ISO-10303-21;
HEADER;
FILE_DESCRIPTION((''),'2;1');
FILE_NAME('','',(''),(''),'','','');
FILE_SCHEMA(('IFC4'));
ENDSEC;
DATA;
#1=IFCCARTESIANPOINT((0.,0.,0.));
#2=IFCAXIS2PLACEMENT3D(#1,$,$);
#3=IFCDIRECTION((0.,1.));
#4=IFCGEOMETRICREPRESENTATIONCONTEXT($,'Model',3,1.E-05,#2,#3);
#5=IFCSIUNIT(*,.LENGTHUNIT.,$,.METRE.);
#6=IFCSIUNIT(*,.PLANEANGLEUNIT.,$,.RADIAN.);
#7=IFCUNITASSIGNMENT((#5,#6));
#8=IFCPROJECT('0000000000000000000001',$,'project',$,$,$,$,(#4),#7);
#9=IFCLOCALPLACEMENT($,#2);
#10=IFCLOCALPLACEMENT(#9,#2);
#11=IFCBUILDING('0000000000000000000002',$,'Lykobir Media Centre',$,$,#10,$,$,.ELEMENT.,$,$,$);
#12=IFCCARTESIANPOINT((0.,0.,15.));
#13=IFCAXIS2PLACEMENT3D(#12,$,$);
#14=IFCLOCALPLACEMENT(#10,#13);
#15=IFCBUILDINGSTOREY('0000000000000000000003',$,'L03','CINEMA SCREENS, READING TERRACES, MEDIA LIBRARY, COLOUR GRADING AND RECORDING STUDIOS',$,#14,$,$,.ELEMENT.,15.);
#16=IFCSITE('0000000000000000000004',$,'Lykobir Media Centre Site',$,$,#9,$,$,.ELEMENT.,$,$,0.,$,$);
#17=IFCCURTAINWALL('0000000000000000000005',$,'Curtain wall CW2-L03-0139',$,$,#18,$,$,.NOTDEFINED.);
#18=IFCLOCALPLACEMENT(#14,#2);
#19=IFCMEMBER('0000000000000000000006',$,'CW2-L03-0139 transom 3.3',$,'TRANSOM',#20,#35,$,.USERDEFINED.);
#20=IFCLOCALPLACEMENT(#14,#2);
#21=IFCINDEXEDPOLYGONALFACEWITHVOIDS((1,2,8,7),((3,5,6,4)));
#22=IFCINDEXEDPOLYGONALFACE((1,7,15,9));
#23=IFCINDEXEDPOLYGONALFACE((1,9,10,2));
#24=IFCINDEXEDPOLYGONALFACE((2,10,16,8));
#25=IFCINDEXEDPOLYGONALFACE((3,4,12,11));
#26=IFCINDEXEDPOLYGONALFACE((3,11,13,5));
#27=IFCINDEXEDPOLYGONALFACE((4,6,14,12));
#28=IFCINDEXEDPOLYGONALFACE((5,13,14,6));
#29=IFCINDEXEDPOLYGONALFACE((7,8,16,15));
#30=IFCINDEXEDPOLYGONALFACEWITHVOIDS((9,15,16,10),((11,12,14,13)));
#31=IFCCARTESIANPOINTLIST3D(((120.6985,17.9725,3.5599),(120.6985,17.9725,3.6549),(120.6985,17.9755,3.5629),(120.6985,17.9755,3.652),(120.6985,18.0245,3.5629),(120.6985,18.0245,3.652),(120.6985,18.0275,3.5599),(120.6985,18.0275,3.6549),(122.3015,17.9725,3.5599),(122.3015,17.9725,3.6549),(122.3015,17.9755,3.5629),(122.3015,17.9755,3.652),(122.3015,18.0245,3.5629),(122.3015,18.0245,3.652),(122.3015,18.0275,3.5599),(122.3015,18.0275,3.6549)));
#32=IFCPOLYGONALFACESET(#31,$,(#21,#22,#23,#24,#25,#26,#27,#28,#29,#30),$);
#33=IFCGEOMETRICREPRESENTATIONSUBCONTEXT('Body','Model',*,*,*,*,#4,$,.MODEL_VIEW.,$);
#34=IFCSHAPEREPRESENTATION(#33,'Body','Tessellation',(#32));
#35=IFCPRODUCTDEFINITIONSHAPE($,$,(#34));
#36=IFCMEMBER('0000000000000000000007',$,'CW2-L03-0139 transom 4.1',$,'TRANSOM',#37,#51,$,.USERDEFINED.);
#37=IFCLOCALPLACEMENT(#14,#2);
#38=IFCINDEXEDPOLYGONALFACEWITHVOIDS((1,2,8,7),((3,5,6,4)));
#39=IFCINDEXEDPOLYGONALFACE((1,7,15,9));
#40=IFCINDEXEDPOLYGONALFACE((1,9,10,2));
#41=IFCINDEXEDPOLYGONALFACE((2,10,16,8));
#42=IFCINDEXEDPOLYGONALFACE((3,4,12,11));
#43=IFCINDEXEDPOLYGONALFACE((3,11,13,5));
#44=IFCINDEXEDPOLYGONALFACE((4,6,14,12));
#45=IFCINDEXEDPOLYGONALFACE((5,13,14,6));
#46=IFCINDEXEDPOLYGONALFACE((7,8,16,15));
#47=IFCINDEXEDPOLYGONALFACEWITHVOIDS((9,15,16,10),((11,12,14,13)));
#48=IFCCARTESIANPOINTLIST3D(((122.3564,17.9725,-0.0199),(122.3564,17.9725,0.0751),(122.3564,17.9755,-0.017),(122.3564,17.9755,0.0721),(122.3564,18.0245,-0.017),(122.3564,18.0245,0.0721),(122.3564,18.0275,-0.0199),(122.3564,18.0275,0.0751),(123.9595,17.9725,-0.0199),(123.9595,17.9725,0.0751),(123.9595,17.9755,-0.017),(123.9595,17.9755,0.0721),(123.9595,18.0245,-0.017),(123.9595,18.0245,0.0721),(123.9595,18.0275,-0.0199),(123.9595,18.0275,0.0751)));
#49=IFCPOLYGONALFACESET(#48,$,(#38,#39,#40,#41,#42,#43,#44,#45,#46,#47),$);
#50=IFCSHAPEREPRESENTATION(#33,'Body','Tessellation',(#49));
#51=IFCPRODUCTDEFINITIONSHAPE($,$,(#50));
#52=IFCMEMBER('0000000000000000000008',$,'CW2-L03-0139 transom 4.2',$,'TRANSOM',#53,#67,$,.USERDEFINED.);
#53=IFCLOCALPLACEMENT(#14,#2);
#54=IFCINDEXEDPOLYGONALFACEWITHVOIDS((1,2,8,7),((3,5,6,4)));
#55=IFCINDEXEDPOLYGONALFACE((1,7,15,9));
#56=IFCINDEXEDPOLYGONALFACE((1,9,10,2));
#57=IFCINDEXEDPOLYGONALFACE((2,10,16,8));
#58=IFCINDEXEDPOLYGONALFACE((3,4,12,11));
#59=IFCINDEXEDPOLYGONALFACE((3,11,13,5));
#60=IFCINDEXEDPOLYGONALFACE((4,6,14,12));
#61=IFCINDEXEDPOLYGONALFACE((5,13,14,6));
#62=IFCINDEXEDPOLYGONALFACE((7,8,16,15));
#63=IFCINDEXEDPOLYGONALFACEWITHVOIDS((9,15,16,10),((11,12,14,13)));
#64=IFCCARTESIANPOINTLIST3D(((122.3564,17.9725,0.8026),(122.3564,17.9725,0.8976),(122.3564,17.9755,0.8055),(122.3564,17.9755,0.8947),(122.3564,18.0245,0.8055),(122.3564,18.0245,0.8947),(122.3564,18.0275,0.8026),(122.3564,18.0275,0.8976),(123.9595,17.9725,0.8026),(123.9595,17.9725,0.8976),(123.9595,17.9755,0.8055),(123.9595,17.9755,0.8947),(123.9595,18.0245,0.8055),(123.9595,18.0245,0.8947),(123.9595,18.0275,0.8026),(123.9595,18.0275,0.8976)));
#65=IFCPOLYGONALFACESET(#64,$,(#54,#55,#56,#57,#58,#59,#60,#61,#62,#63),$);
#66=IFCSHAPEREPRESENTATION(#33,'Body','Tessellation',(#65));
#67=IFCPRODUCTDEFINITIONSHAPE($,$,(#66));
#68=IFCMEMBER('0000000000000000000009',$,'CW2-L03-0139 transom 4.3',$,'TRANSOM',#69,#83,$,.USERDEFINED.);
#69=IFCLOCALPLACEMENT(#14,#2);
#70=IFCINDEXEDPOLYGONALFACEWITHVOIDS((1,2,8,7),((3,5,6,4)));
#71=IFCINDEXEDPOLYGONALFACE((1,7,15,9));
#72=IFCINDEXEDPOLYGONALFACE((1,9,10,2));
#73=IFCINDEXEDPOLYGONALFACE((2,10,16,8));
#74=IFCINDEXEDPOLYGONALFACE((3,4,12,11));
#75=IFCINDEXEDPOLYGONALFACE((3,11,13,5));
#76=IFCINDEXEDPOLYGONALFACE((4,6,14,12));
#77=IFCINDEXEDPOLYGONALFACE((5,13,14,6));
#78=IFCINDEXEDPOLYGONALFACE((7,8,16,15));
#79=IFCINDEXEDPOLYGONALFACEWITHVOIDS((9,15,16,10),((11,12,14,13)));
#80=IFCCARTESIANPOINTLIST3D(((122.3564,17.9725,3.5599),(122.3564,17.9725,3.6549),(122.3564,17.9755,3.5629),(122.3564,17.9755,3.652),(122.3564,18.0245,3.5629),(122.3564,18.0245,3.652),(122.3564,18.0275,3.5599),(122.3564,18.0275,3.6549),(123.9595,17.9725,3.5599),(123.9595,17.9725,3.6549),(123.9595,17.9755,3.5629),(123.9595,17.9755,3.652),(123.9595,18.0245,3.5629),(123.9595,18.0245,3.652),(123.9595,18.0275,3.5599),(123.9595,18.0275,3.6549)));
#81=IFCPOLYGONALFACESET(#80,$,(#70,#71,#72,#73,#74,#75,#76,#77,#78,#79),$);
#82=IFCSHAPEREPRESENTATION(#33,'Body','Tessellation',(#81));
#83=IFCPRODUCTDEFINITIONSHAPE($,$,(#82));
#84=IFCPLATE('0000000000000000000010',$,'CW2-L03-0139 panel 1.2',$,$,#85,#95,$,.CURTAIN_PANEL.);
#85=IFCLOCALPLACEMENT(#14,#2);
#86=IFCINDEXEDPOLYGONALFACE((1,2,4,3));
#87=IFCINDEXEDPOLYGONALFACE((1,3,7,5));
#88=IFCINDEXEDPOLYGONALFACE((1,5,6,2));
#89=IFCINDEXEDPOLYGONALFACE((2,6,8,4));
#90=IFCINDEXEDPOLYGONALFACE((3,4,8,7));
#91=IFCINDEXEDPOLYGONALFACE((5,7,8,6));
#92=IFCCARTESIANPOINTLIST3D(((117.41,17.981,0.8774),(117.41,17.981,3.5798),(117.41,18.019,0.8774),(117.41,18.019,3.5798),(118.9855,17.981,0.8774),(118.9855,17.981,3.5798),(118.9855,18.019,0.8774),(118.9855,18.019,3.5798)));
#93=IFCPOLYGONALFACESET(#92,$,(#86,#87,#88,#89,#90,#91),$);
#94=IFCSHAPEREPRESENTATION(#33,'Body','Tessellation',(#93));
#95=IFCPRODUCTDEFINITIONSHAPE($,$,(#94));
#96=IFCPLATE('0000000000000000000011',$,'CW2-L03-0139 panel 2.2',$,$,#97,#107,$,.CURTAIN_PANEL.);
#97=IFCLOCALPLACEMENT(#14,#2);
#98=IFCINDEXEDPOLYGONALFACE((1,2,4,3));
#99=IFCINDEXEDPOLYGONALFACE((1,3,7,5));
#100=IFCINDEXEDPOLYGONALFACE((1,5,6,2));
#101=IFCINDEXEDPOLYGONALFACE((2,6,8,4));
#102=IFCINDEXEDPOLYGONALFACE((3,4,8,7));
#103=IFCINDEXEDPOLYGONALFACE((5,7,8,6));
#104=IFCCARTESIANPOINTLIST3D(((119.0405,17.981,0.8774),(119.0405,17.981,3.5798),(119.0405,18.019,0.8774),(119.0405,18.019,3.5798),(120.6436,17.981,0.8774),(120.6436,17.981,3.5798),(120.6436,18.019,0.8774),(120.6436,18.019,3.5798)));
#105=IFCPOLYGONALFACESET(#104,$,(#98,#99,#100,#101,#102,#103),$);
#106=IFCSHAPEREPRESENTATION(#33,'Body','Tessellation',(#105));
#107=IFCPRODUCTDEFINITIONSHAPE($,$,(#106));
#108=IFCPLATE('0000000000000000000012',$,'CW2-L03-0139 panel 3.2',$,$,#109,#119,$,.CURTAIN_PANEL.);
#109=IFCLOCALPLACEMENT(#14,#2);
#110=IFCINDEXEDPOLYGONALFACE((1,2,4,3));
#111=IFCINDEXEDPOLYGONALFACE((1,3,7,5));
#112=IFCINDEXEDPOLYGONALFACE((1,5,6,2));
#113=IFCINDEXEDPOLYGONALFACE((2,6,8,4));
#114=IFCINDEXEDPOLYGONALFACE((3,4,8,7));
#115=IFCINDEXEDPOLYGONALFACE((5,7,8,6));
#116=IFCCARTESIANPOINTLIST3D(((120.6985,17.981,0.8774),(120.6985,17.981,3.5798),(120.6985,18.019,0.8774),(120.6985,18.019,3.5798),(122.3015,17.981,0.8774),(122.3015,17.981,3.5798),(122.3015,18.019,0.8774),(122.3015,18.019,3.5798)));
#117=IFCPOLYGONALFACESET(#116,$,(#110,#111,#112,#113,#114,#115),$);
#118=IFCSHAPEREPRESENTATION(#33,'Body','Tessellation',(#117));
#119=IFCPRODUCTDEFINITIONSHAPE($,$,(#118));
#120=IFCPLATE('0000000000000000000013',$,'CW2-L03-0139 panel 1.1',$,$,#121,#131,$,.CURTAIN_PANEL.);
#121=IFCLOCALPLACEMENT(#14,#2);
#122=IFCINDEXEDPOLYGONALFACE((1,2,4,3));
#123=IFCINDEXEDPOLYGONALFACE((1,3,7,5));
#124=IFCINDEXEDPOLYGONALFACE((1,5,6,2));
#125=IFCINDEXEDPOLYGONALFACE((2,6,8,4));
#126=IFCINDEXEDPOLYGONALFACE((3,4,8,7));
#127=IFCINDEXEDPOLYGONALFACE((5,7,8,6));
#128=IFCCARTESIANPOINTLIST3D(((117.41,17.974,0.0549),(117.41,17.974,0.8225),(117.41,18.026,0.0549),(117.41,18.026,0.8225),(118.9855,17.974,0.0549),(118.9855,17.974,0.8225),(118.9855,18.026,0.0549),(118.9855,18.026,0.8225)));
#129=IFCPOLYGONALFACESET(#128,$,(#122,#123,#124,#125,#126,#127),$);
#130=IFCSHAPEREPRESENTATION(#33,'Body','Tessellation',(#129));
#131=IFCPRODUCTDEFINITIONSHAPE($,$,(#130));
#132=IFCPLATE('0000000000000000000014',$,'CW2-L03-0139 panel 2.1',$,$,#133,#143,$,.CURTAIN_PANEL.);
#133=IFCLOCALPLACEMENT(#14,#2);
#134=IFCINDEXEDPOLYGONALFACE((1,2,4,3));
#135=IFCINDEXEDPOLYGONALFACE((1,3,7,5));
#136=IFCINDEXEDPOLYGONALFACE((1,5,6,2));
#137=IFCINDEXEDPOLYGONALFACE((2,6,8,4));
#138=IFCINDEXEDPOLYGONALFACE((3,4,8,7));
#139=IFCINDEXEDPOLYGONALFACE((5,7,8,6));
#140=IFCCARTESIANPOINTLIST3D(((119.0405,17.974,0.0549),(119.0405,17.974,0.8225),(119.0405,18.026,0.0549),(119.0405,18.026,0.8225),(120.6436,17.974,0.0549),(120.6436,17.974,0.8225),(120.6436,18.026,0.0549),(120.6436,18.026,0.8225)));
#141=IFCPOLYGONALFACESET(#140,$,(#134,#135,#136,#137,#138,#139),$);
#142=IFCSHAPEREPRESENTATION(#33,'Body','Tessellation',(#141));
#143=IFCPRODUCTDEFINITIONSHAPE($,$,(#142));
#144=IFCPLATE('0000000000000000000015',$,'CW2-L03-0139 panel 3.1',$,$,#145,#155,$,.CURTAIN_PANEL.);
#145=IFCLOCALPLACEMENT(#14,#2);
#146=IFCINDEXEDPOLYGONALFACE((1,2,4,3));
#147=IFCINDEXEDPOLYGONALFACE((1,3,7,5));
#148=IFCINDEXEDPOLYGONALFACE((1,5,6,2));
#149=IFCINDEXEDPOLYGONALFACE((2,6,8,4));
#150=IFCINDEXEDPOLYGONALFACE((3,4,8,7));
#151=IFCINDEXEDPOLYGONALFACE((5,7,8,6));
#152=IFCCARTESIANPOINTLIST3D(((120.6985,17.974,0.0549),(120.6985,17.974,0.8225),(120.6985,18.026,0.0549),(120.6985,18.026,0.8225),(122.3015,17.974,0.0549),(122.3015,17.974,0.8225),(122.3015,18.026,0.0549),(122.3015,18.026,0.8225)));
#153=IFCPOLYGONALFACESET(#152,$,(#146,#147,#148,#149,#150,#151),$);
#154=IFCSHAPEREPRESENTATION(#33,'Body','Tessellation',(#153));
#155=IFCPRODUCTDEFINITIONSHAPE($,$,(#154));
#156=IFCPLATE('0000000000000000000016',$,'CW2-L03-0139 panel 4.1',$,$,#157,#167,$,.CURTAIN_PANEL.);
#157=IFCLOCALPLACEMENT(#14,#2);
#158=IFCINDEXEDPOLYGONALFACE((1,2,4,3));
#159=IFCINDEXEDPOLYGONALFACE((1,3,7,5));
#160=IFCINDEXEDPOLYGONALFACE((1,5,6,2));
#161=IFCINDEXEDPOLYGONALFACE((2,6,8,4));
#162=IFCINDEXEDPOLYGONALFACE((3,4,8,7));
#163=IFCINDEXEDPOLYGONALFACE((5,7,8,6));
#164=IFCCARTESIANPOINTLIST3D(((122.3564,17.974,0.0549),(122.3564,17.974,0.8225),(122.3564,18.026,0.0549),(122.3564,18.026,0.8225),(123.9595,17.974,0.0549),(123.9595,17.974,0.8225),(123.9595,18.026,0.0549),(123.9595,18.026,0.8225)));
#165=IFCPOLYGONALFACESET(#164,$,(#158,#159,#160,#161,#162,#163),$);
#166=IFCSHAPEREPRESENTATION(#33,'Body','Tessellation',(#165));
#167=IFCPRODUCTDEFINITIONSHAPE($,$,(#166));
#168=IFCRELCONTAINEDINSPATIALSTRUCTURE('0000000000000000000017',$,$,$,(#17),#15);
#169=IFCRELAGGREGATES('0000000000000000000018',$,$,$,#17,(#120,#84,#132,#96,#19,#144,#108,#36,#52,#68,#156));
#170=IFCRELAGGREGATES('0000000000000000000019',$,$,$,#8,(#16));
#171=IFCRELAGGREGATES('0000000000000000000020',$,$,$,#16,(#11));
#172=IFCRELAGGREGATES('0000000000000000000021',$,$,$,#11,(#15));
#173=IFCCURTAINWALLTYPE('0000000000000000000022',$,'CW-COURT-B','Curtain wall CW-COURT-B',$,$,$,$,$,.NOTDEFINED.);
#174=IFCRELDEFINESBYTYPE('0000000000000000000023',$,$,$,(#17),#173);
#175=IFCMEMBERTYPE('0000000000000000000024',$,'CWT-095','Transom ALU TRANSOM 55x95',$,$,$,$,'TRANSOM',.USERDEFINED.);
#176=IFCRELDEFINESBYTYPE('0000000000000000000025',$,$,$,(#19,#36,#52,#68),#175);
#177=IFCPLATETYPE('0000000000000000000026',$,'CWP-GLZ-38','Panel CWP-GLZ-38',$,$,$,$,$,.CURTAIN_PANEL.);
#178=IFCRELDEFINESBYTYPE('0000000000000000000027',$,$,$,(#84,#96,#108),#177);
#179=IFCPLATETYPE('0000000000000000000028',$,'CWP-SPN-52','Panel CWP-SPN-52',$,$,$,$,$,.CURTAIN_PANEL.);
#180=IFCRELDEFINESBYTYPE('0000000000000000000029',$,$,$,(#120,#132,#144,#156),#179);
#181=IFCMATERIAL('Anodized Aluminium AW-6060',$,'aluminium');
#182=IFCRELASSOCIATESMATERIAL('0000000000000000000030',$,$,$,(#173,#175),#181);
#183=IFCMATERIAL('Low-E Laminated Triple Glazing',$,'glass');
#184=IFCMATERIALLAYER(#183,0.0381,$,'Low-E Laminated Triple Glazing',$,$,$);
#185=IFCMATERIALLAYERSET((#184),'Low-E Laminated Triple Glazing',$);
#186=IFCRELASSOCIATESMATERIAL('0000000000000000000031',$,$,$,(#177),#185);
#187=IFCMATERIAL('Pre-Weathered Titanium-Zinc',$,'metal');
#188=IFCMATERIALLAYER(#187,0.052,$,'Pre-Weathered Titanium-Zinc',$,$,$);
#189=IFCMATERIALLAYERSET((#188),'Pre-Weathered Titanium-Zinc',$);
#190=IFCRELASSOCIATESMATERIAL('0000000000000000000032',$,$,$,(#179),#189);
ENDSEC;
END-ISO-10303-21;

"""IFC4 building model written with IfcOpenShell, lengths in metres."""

from ifc_helpers import new_model, si_unit, direction, frame, origin, origin_2d, place, context, subcontext, project, spatial, rectangle, hollow_rectangle, extrude, material, layer, layer_set, material_profile, profile_set, type_object, element, aggregate, save


model = new_model("IFC4")

# Units and contexts
model_context = context("Model", 3, precision=1e-05, world=origin(), true_north=direction((0.0, 1.0)))
body_context = subcontext(model_context, "Body", "Model", "MODEL_VIEW")
ifc_project = project(units=[si_unit("LENGTHUNIT", "METRE"), si_unit("PLANEANGLEUNIT", "RADIAN")], contexts=[model_context])

# Site, building, storey
site_placement = place(None, origin())
site = spatial("IfcSite", under=ifc_project, at=site_placement, Name="Lykobir Media Centre Site", CompositionType="ELEMENT", RefElevation=0.0)
building_placement = place(site_placement, origin())
building = spatial("IfcBuilding", under=site, at=building_placement, Name="Lykobir Media Centre", CompositionType="ELEMENT")
storey_placement = place(building_placement, frame((0.0, 0.0, 15.0)))
storey = spatial("IfcBuildingStorey", under=building, at=storey_placement, Name="L03", Description="CINEMA SCREENS, READING TERRACES, MEDIA LIBRARY, COLOUR GRADING AND RECORDING STUDIOS", CompositionType="ELEMENT", Elevation=15.0)

# Curtain wall, members, plates
ifc_material_1 = material(Name="Anodized Aluminium AW-6060", Category="aluminium")
curtain_wall_type = type_object("IfcCurtainWallType", Name="CW-COURT-B", Description="Curtain wall CW-COURT-B", PredefinedType="NOTDEFINED", material=ifc_material_1)
curtain_wall_placement = place(storey_placement, origin())
curtain_wall = element("IfcCurtainWall", 1, at=curtain_wall_placement, inside=storey, type_object=curtain_wall_type, Name="Curtain wall CW2-L03-0139", PredefinedType="NOTDEFINED")
ifc_material_profile_1 = material_profile(ifc_material_1, hollow_rectangle(XDim=0.0549, YDim=0.095, WallThickness=0.0029, at=origin_2d()), Name="ALU TRANSOM 55x95")
ifc_profile_set_1 = profile_set([ifc_material_profile_1], Name="Anodized Aluminium AW-6060")
member_type_1 = type_object("IfcMemberType", Name="CWT-095", Description="Transom ALU TRANSOM 55x95", ElementType="TRANSOM", PredefinedType="USERDEFINED", material=ifc_profile_set_1)
member_1_placement = place(storey_placement, frame((120.6985, 18.0, 3.6074), z_axis=(1.0, 0.0, 0.0), x_axis=(0.0, 1.0, 0.0)))
member_1 = element("IfcMember", 2, at=member_1_placement, type_object=member_type_1, Name="CW2-L03-0139 transom 3.3", ObjectType="TRANSOM", PredefinedType="USERDEFINED", context=body_context, shape_type="SweptSolid", body=[
    extrude(hollow_rectangle(XDim=0.0549, YDim=0.095, WallThickness=0.0029, at=origin_2d()), origin(), (0.0, 0.0, 1.0), 1.603),
])
member_2_placement = place(storey_placement, frame((122.3564, 18.0, 0.0276), z_axis=(1.0, 0.0, 0.0), x_axis=(0.0, 1.0, 0.0)))
member_2 = element("IfcMember", 3, at=member_2_placement, type_object=member_type_1, Name="CW2-L03-0139 transom 4.1", ObjectType="TRANSOM", PredefinedType="USERDEFINED", context=body_context, shape_type="SweptSolid", body=[
    extrude(hollow_rectangle(XDim=0.0549, YDim=0.095, WallThickness=0.0029, at=origin_2d()), origin(), (0.0, 0.0, 1.0), 1.603),
])
member_3_placement = place(storey_placement, frame((122.3564, 18.0, 0.8501), z_axis=(1.0, 0.0, 0.0), x_axis=(0.0, 1.0, 0.0)))
member_3 = element("IfcMember", 4, at=member_3_placement, type_object=member_type_1, Name="CW2-L03-0139 transom 4.2", ObjectType="TRANSOM", PredefinedType="USERDEFINED", context=body_context, shape_type="SweptSolid", body=[
    extrude(hollow_rectangle(XDim=0.0549, YDim=0.095, WallThickness=0.0029, at=origin_2d()), origin(), (0.0, 0.0, 1.0), 1.603),
])
member_4_placement = place(storey_placement, frame((122.3564, 18.0, 3.6074), z_axis=(1.0, 0.0, 0.0), x_axis=(0.0, 1.0, 0.0)))
member_4 = element("IfcMember", 5, at=member_4_placement, type_object=member_type_1, Name="CW2-L03-0139 transom 4.3", ObjectType="TRANSOM", PredefinedType="USERDEFINED", context=body_context, shape_type="SweptSolid", body=[
    extrude(hollow_rectangle(XDim=0.0549, YDim=0.095, WallThickness=0.0029, at=origin_2d()), origin(), (0.0, 0.0, 1.0), 1.603),
])
ifc_material_2 = material(Name="Low-E Laminated Triple Glazing", Category="glass")
ifc_layer_1 = layer(ifc_material_2, 0.0381, Name="Low-E Laminated Triple Glazing")
ifc_layer_set_1 = layer_set([ifc_layer_1], Name="Low-E Laminated Triple Glazing")
plate_type_1 = type_object("IfcPlateType", Name="CWP-GLZ-38", Description="Panel CWP-GLZ-38", PredefinedType="CURTAIN_PANEL", material=ifc_layer_set_1)
plate_1_placement = place(storey_placement, frame((118.1978, 18.0, 0.8774), z_axis=(0.0, 0.0, 1.0), x_axis=(1.0, 0.0, 0.0)))
plate_1 = element("IfcPlate", 6, at=plate_1_placement, type_object=plate_type_1, Name="CW2-L03-0139 panel 1.2", PredefinedType="CURTAIN_PANEL", context=body_context, shape_type="SweptSolid", body=[
    extrude(rectangle(XDim=1.5754, YDim=0.0381, at=origin_2d()), origin(), (0.0, 0.0, 1.0), 2.7024),
])
plate_2_placement = place(storey_placement, frame((119.842, 18.0, 0.8774), z_axis=(0.0, 0.0, 1.0), x_axis=(1.0, 0.0, 0.0)))
plate_2 = element("IfcPlate", 7, at=plate_2_placement, type_object=plate_type_1, Name="CW2-L03-0139 panel 2.2", PredefinedType="CURTAIN_PANEL", context=body_context, shape_type="SweptSolid", body=[
    extrude(rectangle(XDim=1.603, YDim=0.0381, at=origin_2d()), origin(), (0.0, 0.0, 1.0), 2.7024),
])
plate_3_placement = place(storey_placement, frame((121.5, 18.0, 0.8774), z_axis=(0.0, 0.0, 1.0), x_axis=(1.0, 0.0, 0.0)))
plate_3 = element("IfcPlate", 8, at=plate_3_placement, type_object=plate_type_1, Name="CW2-L03-0139 panel 3.2", PredefinedType="CURTAIN_PANEL", context=body_context, shape_type="SweptSolid", body=[
    extrude(rectangle(XDim=1.603, YDim=0.0381, at=origin_2d()), origin(), (0.0, 0.0, 1.0), 2.7024),
])
ifc_material_3 = material(Name="Pre-Weathered Titanium-Zinc", Category="metal")
ifc_layer_2 = layer(ifc_material_3, 0.052, Name="Pre-Weathered Titanium-Zinc")
ifc_layer_set_2 = layer_set([ifc_layer_2], Name="Pre-Weathered Titanium-Zinc")
plate_type_2 = type_object("IfcPlateType", Name="CWP-SPN-52", Description="Panel CWP-SPN-52", PredefinedType="CURTAIN_PANEL", material=ifc_layer_set_2)
plate_4_placement = place(storey_placement, frame((118.1978, 18.0, 0.0549), z_axis=(0.0, 0.0, 1.0), x_axis=(1.0, 0.0, 0.0)))
plate_4 = element("IfcPlate", 9, at=plate_4_placement, type_object=plate_type_2, Name="CW2-L03-0139 panel 1.1", PredefinedType="CURTAIN_PANEL", context=body_context, shape_type="SweptSolid", body=[
    extrude(rectangle(XDim=1.5754, YDim=0.052, at=origin_2d()), origin(), (0.0, 0.0, 1.0), 0.7676),
])
plate_5_placement = place(storey_placement, frame((119.842, 18.0, 0.0549), z_axis=(0.0, 0.0, 1.0), x_axis=(1.0, 0.0, 0.0)))
plate_5 = element("IfcPlate", 10, at=plate_5_placement, type_object=plate_type_2, Name="CW2-L03-0139 panel 2.1", PredefinedType="CURTAIN_PANEL", context=body_context, shape_type="SweptSolid", body=[
    extrude(rectangle(XDim=1.603, YDim=0.052, at=origin_2d()), origin(), (0.0, 0.0, 1.0), 0.7676),
])
plate_6_placement = place(storey_placement, frame((121.5, 18.0, 0.0549), z_axis=(0.0, 0.0, 1.0), x_axis=(1.0, 0.0, 0.0)))
plate_6 = element("IfcPlate", 11, at=plate_6_placement, type_object=plate_type_2, Name="CW2-L03-0139 panel 3.1", PredefinedType="CURTAIN_PANEL", context=body_context, shape_type="SweptSolid", body=[
    extrude(rectangle(XDim=1.603, YDim=0.052, at=origin_2d()), origin(), (0.0, 0.0, 1.0), 0.7676),
])
plate_7_placement = place(storey_placement, frame((123.158, 18.0, 0.0549), z_axis=(0.0, 0.0, 1.0), x_axis=(1.0, 0.0, 0.0)))
plate_7 = element("IfcPlate", 12, at=plate_7_placement, type_object=plate_type_2, Name="CW2-L03-0139 panel 4.1", PredefinedType="CURTAIN_PANEL", context=body_context, shape_type="SweptSolid", body=[
    extrude(rectangle(XDim=1.603, YDim=0.052, at=origin_2d()), origin(), (0.0, 0.0, 1.0), 0.7676),
])
aggregate(curtain_wall, [plate_4, plate_1, plate_5, plate_2, member_1, plate_6, plate_3, member_2, member_3, member_4, plate_7])

save(model, "model.ifc")
